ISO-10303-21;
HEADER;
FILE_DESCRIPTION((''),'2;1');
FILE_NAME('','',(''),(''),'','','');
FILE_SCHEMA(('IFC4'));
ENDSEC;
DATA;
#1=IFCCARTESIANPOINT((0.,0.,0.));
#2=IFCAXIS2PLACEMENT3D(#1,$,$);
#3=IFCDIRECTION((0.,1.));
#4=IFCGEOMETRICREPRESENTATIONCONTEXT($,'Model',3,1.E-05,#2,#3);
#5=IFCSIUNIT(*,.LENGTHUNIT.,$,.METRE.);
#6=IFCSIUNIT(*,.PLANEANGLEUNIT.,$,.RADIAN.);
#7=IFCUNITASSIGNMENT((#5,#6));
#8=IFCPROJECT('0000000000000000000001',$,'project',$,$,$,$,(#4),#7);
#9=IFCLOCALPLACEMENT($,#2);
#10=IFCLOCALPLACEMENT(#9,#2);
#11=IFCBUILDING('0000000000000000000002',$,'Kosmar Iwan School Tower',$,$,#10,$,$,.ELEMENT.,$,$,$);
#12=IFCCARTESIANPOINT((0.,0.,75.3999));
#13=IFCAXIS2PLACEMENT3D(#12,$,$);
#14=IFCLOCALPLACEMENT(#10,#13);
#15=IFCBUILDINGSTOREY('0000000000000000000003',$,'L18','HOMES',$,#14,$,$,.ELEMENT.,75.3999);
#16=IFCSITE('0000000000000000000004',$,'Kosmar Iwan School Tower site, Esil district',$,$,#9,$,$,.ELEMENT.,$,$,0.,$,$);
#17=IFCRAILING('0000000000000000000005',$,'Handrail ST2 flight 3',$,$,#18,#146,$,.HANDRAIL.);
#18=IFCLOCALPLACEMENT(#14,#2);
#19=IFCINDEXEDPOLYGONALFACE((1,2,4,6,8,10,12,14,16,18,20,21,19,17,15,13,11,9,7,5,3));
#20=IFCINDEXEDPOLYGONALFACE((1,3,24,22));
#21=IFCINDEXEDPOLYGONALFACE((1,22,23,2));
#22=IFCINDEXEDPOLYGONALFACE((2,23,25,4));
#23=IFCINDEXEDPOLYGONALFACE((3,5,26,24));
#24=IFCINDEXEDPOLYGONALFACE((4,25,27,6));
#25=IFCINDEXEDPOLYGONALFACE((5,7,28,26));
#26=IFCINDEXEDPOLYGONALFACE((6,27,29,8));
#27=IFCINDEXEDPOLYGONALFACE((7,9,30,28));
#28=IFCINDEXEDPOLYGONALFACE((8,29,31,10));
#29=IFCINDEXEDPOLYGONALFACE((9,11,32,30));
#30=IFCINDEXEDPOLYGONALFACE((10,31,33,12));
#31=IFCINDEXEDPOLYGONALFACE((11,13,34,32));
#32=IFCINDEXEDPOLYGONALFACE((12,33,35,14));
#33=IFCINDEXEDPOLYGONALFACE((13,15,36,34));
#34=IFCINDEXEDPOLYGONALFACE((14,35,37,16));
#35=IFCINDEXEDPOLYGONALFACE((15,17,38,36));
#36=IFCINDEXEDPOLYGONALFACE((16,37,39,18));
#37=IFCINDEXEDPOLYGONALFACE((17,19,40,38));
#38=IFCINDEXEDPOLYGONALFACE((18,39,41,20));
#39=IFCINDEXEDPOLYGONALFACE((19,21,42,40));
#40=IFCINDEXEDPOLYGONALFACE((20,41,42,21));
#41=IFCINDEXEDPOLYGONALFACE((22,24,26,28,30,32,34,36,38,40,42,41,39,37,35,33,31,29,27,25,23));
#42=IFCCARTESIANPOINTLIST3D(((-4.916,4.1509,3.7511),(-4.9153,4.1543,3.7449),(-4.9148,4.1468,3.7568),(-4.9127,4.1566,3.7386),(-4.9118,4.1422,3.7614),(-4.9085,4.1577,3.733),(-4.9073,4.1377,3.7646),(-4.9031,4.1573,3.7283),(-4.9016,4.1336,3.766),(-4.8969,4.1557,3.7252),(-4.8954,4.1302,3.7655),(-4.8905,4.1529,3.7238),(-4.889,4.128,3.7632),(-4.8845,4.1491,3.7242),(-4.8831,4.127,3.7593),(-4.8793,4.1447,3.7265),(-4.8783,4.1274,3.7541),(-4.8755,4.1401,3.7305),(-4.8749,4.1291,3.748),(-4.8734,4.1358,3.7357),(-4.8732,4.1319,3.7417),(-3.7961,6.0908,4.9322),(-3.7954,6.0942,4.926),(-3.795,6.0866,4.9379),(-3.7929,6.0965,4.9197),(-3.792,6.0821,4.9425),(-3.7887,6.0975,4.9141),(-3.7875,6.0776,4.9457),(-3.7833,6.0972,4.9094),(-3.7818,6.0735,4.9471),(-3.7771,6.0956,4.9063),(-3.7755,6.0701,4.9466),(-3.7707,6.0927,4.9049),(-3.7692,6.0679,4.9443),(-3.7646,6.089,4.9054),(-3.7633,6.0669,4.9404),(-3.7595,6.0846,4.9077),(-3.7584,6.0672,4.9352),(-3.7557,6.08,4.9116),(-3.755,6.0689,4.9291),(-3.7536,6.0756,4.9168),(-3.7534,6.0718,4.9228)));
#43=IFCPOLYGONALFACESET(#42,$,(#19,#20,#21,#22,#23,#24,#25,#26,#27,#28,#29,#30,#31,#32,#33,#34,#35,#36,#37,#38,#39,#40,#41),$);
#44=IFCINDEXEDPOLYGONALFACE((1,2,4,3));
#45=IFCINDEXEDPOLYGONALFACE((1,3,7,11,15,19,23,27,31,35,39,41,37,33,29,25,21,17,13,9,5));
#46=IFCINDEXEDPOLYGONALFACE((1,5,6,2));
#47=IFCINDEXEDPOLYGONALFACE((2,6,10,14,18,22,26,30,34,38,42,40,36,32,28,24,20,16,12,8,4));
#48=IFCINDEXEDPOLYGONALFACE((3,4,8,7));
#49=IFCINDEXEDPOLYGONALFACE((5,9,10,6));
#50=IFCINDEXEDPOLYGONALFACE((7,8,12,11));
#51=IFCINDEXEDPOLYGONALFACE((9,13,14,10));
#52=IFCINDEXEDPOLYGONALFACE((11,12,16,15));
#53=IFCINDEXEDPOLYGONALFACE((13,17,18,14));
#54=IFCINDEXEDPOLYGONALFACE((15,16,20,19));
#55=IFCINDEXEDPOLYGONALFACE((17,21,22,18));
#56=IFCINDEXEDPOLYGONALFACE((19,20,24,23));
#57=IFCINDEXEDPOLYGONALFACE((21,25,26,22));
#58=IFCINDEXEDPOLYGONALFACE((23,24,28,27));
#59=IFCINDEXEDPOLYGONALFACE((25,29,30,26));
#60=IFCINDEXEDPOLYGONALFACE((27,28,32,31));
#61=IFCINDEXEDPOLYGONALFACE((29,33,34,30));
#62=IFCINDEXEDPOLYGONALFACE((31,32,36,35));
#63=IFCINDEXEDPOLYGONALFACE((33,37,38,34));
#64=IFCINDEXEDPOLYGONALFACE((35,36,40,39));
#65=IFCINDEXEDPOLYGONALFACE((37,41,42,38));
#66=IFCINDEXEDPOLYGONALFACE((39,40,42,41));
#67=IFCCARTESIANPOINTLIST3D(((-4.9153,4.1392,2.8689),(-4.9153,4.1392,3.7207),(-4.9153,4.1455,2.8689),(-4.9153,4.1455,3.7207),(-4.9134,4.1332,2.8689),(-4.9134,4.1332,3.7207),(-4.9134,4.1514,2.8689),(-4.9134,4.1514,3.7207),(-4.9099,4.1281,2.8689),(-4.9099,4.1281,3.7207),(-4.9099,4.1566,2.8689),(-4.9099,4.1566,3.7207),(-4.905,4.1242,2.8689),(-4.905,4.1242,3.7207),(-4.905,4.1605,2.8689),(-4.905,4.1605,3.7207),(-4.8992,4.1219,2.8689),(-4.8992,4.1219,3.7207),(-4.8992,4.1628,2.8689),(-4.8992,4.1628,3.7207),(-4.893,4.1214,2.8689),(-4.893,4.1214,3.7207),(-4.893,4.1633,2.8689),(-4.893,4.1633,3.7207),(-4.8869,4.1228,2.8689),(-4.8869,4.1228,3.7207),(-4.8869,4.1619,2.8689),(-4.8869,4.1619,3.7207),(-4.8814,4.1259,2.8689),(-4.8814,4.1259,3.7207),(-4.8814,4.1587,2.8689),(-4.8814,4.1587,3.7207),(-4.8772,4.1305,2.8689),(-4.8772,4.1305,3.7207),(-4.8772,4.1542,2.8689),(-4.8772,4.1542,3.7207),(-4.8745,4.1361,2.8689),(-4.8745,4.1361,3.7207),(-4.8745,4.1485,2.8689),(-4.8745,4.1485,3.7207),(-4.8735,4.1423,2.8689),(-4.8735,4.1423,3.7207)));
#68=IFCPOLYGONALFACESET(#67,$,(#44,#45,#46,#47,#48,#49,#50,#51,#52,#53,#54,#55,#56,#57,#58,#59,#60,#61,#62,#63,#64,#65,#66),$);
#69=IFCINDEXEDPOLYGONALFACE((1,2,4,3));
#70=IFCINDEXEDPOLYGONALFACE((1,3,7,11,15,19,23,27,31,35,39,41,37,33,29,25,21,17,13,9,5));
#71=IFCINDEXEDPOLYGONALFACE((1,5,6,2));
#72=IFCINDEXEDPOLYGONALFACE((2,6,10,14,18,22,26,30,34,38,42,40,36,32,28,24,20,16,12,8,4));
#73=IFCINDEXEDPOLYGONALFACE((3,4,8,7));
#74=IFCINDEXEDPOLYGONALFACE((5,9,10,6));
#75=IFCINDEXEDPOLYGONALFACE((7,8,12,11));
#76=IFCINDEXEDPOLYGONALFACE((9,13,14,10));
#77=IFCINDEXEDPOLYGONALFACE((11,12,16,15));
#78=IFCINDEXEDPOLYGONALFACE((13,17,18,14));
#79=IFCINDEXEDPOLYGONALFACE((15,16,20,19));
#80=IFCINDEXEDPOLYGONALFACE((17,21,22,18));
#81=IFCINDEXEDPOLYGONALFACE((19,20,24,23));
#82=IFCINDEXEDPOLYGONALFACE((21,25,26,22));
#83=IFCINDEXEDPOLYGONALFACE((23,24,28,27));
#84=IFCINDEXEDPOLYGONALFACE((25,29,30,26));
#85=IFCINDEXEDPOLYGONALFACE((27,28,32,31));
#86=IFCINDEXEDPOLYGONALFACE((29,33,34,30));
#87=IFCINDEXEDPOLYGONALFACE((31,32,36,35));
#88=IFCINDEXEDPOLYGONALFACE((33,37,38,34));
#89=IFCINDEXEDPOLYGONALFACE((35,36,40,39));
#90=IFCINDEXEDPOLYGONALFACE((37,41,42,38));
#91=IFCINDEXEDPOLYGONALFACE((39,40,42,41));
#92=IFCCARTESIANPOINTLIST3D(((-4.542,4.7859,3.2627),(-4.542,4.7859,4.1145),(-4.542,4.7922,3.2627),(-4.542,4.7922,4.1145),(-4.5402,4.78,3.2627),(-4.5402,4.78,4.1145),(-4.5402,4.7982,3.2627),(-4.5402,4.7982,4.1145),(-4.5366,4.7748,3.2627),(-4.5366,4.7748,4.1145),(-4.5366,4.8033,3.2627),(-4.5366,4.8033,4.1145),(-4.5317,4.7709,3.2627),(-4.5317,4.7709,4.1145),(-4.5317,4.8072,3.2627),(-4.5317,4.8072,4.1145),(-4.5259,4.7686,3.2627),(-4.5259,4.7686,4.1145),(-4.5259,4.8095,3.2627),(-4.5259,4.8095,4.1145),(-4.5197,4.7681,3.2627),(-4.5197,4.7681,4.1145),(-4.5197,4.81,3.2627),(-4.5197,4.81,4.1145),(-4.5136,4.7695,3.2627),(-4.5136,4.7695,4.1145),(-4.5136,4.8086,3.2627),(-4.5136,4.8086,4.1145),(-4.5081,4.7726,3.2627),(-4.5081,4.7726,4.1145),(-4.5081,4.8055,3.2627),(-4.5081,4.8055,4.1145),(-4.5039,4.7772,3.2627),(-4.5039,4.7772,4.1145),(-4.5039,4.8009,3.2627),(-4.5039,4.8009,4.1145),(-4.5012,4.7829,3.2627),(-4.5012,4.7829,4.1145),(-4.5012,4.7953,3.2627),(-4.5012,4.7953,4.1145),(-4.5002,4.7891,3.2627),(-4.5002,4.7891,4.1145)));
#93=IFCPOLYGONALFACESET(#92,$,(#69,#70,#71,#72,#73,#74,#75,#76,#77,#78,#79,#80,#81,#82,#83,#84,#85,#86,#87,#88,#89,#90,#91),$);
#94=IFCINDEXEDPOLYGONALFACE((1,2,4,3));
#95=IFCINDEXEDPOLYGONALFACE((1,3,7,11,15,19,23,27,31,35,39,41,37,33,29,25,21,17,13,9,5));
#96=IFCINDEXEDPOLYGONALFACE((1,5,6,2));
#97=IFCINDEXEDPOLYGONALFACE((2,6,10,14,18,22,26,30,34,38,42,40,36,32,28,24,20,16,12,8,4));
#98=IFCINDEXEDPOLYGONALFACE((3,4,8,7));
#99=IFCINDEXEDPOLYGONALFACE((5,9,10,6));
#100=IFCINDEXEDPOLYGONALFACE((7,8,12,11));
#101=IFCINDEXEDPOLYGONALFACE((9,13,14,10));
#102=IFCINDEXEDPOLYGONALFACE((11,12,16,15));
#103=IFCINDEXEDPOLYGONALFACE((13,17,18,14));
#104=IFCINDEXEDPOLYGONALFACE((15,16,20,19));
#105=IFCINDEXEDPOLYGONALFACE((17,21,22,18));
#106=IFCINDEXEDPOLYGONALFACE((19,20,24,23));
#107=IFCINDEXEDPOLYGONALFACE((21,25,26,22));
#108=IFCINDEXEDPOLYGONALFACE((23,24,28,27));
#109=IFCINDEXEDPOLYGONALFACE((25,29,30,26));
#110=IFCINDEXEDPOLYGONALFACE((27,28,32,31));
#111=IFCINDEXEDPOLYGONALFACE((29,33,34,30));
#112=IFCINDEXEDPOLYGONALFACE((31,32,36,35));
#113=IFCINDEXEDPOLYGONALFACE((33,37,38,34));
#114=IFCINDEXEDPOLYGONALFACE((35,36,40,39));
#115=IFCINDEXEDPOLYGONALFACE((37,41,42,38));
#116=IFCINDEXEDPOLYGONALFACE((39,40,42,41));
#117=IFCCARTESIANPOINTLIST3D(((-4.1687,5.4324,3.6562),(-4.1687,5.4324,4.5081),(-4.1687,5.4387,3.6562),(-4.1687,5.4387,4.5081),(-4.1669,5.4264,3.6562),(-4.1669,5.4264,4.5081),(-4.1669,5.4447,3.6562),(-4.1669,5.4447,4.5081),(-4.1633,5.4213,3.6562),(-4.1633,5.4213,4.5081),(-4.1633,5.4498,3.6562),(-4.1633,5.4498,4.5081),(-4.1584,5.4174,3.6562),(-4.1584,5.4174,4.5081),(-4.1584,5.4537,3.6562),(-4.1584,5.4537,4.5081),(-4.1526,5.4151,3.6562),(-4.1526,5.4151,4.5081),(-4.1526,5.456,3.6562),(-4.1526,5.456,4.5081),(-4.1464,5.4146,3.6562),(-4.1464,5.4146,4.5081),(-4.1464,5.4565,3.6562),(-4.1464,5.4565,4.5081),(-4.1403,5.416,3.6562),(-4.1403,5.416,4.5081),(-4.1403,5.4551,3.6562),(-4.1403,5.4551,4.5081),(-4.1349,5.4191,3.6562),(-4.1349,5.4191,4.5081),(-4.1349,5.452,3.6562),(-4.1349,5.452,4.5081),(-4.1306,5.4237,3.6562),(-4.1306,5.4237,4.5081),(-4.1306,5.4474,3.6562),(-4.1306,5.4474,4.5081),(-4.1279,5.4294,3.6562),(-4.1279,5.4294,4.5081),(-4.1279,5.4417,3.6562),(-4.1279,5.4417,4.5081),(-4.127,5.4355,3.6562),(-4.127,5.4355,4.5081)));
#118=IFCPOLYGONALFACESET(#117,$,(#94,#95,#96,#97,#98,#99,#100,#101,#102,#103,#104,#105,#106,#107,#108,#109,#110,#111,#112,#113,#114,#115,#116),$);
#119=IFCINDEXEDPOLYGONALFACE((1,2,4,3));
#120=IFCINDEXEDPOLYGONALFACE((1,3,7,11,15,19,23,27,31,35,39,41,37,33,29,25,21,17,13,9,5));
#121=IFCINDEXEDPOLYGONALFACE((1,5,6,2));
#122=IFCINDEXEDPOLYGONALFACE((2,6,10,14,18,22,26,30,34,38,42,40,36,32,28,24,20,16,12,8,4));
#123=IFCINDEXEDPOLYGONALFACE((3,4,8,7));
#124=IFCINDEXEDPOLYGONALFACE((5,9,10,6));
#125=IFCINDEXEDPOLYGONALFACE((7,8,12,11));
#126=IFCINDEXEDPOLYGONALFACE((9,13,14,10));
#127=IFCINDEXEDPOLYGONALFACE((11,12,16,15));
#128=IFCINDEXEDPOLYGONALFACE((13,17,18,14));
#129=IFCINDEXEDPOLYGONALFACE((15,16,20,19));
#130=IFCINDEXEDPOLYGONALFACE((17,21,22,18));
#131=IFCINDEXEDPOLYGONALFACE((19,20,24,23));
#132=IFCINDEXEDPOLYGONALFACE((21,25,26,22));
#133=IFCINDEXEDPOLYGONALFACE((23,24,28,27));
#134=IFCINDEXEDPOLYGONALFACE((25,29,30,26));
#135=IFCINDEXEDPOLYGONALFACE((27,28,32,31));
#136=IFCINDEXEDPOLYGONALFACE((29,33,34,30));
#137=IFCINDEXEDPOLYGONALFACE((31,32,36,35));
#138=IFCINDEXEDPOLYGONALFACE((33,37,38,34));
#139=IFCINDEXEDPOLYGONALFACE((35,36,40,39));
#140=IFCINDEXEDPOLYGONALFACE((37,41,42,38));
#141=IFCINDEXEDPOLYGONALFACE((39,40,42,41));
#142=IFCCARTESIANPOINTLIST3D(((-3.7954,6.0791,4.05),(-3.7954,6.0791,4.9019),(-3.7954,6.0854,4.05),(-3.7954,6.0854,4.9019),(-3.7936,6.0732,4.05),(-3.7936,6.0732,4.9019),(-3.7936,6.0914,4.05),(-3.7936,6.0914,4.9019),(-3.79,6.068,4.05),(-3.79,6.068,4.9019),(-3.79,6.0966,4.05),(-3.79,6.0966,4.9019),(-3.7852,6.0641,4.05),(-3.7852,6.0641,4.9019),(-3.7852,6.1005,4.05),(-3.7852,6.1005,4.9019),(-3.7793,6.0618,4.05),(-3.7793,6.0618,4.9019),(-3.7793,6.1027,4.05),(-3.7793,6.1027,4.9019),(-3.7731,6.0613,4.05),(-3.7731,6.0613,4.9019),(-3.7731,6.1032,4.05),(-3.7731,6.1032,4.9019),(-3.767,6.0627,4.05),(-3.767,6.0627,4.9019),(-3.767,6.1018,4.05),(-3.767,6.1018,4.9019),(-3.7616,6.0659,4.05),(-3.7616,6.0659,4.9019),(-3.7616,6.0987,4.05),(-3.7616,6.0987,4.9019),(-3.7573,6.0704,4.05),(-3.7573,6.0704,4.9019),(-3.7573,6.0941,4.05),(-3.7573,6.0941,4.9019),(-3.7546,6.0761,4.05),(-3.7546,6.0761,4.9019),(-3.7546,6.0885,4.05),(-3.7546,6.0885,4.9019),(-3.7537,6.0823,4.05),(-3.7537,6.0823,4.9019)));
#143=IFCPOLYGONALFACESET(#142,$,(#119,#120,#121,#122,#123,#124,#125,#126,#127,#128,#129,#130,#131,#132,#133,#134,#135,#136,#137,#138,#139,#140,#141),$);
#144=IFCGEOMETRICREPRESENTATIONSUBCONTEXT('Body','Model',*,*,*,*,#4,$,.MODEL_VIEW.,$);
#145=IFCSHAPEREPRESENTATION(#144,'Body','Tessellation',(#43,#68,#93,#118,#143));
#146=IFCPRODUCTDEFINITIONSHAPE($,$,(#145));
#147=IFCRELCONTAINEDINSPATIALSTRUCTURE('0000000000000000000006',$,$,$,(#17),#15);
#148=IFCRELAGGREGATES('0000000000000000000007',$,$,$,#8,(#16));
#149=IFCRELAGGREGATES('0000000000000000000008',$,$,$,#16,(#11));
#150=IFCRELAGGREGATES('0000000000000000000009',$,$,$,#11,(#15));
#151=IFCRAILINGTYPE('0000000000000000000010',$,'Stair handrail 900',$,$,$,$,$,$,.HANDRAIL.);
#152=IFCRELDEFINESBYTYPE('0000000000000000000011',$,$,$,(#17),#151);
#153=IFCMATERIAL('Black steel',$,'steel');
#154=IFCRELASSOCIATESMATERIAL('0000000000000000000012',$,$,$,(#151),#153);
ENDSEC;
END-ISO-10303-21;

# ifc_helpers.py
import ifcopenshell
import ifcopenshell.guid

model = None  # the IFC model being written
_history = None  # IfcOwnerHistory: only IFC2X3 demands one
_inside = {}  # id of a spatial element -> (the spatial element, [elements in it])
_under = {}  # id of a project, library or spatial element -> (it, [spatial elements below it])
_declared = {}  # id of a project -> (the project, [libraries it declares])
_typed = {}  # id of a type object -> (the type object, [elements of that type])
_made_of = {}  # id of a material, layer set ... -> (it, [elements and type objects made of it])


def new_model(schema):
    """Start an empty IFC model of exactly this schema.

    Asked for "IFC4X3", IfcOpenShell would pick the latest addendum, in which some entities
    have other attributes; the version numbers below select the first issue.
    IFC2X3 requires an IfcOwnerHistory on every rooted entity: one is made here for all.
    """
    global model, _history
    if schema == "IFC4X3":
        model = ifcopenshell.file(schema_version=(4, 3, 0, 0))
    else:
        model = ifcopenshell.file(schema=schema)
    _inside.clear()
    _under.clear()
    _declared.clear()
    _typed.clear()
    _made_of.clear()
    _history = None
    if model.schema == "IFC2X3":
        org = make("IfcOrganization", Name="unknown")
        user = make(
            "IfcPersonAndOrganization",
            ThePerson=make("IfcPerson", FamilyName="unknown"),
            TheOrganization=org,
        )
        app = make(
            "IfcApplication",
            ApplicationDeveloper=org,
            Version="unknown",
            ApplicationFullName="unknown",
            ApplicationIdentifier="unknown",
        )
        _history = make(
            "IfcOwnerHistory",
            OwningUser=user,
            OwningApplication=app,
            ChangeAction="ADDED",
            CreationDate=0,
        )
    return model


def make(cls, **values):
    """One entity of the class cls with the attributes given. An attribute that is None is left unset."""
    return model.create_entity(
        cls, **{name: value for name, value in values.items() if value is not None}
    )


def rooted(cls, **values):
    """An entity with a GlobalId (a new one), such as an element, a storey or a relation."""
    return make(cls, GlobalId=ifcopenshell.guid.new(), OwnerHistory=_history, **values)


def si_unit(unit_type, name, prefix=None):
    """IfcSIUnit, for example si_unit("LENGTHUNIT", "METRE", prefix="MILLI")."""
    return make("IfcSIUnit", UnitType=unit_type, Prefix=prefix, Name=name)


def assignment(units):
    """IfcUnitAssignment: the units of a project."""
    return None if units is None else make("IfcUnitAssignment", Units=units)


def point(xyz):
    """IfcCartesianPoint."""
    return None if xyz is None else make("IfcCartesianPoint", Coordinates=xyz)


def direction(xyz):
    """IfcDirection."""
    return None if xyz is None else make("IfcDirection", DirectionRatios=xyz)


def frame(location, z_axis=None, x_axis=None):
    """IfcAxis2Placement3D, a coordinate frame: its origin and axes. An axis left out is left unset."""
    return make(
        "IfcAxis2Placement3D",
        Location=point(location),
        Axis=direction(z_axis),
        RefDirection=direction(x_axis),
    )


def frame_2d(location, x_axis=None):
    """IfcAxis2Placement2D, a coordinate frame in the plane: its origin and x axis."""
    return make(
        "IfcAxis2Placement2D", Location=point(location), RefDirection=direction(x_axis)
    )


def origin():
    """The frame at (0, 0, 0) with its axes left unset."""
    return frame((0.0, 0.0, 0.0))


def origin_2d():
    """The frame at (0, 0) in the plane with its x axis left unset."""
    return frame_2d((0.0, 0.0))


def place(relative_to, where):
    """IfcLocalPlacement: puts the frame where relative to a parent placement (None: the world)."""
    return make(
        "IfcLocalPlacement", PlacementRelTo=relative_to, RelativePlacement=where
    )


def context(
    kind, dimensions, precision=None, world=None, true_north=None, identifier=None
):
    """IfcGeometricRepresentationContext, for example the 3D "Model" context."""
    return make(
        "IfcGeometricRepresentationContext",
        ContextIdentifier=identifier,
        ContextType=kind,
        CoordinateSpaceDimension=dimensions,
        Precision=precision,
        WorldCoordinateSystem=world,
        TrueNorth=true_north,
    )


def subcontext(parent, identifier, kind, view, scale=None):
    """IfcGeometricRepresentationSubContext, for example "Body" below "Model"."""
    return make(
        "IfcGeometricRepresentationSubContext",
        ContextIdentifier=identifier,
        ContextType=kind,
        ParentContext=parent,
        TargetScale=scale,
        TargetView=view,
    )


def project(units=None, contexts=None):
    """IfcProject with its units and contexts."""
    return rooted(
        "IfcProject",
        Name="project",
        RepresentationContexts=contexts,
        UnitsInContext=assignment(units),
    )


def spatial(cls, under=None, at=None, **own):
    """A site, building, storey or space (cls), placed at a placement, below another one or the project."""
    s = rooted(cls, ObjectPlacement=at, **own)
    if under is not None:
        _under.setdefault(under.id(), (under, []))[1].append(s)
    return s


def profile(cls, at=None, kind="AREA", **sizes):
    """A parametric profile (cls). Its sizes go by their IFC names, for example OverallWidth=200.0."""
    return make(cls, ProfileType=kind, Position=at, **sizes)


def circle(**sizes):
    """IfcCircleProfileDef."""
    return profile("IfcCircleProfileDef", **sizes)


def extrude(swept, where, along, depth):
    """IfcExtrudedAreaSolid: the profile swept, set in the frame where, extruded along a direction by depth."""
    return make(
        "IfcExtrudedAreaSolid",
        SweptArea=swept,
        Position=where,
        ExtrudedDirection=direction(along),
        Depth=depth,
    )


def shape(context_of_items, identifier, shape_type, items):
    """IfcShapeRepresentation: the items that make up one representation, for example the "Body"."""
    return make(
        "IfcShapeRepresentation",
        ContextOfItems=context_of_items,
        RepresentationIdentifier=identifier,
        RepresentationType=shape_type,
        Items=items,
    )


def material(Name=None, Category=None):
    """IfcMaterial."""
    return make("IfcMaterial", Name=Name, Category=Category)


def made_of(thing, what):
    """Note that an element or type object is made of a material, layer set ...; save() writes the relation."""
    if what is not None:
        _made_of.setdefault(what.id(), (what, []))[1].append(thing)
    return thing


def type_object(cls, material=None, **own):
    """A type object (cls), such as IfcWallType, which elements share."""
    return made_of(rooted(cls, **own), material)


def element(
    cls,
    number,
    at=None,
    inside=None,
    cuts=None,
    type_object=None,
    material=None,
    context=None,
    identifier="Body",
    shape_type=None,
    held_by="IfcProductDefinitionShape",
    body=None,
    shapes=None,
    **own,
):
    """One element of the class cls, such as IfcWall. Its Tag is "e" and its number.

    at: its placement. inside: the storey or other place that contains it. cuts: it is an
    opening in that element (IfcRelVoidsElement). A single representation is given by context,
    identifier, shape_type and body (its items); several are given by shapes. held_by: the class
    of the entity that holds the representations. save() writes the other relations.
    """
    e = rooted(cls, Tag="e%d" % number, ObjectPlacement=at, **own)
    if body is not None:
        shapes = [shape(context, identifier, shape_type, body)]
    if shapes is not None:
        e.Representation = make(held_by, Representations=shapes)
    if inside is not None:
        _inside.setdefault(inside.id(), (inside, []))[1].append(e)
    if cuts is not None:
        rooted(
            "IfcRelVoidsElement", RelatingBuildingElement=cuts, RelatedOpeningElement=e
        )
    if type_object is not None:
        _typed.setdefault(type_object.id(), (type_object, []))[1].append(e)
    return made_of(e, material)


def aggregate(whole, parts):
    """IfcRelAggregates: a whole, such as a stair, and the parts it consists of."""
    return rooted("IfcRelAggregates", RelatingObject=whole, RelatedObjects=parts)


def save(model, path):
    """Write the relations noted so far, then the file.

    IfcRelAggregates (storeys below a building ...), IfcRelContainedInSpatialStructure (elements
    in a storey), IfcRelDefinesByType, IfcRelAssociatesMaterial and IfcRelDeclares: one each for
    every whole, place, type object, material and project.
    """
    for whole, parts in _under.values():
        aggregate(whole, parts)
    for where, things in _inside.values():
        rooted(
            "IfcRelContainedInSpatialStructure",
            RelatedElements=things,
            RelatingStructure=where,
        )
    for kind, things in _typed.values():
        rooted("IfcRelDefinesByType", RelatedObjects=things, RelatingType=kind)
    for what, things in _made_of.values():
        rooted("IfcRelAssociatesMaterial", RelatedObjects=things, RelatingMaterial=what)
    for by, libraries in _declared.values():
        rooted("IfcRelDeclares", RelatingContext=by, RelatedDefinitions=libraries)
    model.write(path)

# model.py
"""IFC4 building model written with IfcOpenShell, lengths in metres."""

from ifc_helpers import new_model, si_unit, direction, frame, origin, origin_2d, place, context, subcontext, project, spatial, circle, extrude, material, type_object, element, save


model = new_model("IFC4")

# Units and contexts
model_context = context("Model", 3, precision=1e-05, world=origin(), true_north=direction((0.0, 1.0)))
body_context = subcontext(model_context, "Body", "Model", "MODEL_VIEW")
ifc_project = project(units=[si_unit("LENGTHUNIT", "METRE"), si_unit("PLANEANGLEUNIT", "RADIAN")], contexts=[model_context])

# Site, building, storey
site_placement = place(None, origin())
site = spatial("IfcSite", under=ifc_project, at=site_placement, Name="Kosmar Iwan School Tower site, Esil district", CompositionType="ELEMENT", RefElevation=0.0)
building_placement = place(site_placement, origin())
building = spatial("IfcBuilding", under=site, at=building_placement, Name="Kosmar Iwan School Tower", CompositionType="ELEMENT")
storey_placement = place(building_placement, frame((0.0, 0.0, 75.3999)))
storey = spatial("IfcBuildingStorey", under=building, at=storey_placement, Name="L18", Description="HOMES", CompositionType="ELEMENT", Elevation=75.3999)

# Railing
ifc_material_1 = material(Name="Black steel", Category="steel")
railing_type = type_object("IfcRailingType", Name="Stair handrail 900", PredefinedType="HANDRAIL", material=ifc_material_1)
for number, where, name in (
    (1, (-4.8945, 4.1423, 2.8689), "Handrail ST2 flight 3"),
):
    element("IfcRailing", number, at=place(storey_placement, frame(where)), inside=storey, type_object=railing_type, Name=name, PredefinedType="HANDRAIL", context=body_context, shape_type="SweptSolid", body=[
        extrude(circle(Radius=0.0239, at=origin_2d()), frame((0.0, 0.0, 0.876), z_axis=(0.442233, 0.766075, 0.466432), x_axis=(-0.866055, 0.499949, 0.0)), (0.0, 0.0, 1.0), 2.5322),
        extrude(circle(Radius=0.021, at=origin_2d()), origin(), (0.0, 0.0, 1.0), 0.8518),
        extrude(circle(Radius=0.021, at=origin_2d()), frame((0.3733, 0.6467, 0.3938)), (0.0, 0.0, 1.0), 0.8518),
        extrude(circle(Radius=0.021, at=origin_2d()), frame((0.7466, 1.2932, 0.7874)), (0.0, 0.0, 1.0), 0.8518),
        extrude(circle(Radius=0.021, at=origin_2d()), frame((1.1199, 1.9399, 1.1812)), (0.0, 0.0, 1.0), 0.8518),
    ])

save(model, "model.ifc")
